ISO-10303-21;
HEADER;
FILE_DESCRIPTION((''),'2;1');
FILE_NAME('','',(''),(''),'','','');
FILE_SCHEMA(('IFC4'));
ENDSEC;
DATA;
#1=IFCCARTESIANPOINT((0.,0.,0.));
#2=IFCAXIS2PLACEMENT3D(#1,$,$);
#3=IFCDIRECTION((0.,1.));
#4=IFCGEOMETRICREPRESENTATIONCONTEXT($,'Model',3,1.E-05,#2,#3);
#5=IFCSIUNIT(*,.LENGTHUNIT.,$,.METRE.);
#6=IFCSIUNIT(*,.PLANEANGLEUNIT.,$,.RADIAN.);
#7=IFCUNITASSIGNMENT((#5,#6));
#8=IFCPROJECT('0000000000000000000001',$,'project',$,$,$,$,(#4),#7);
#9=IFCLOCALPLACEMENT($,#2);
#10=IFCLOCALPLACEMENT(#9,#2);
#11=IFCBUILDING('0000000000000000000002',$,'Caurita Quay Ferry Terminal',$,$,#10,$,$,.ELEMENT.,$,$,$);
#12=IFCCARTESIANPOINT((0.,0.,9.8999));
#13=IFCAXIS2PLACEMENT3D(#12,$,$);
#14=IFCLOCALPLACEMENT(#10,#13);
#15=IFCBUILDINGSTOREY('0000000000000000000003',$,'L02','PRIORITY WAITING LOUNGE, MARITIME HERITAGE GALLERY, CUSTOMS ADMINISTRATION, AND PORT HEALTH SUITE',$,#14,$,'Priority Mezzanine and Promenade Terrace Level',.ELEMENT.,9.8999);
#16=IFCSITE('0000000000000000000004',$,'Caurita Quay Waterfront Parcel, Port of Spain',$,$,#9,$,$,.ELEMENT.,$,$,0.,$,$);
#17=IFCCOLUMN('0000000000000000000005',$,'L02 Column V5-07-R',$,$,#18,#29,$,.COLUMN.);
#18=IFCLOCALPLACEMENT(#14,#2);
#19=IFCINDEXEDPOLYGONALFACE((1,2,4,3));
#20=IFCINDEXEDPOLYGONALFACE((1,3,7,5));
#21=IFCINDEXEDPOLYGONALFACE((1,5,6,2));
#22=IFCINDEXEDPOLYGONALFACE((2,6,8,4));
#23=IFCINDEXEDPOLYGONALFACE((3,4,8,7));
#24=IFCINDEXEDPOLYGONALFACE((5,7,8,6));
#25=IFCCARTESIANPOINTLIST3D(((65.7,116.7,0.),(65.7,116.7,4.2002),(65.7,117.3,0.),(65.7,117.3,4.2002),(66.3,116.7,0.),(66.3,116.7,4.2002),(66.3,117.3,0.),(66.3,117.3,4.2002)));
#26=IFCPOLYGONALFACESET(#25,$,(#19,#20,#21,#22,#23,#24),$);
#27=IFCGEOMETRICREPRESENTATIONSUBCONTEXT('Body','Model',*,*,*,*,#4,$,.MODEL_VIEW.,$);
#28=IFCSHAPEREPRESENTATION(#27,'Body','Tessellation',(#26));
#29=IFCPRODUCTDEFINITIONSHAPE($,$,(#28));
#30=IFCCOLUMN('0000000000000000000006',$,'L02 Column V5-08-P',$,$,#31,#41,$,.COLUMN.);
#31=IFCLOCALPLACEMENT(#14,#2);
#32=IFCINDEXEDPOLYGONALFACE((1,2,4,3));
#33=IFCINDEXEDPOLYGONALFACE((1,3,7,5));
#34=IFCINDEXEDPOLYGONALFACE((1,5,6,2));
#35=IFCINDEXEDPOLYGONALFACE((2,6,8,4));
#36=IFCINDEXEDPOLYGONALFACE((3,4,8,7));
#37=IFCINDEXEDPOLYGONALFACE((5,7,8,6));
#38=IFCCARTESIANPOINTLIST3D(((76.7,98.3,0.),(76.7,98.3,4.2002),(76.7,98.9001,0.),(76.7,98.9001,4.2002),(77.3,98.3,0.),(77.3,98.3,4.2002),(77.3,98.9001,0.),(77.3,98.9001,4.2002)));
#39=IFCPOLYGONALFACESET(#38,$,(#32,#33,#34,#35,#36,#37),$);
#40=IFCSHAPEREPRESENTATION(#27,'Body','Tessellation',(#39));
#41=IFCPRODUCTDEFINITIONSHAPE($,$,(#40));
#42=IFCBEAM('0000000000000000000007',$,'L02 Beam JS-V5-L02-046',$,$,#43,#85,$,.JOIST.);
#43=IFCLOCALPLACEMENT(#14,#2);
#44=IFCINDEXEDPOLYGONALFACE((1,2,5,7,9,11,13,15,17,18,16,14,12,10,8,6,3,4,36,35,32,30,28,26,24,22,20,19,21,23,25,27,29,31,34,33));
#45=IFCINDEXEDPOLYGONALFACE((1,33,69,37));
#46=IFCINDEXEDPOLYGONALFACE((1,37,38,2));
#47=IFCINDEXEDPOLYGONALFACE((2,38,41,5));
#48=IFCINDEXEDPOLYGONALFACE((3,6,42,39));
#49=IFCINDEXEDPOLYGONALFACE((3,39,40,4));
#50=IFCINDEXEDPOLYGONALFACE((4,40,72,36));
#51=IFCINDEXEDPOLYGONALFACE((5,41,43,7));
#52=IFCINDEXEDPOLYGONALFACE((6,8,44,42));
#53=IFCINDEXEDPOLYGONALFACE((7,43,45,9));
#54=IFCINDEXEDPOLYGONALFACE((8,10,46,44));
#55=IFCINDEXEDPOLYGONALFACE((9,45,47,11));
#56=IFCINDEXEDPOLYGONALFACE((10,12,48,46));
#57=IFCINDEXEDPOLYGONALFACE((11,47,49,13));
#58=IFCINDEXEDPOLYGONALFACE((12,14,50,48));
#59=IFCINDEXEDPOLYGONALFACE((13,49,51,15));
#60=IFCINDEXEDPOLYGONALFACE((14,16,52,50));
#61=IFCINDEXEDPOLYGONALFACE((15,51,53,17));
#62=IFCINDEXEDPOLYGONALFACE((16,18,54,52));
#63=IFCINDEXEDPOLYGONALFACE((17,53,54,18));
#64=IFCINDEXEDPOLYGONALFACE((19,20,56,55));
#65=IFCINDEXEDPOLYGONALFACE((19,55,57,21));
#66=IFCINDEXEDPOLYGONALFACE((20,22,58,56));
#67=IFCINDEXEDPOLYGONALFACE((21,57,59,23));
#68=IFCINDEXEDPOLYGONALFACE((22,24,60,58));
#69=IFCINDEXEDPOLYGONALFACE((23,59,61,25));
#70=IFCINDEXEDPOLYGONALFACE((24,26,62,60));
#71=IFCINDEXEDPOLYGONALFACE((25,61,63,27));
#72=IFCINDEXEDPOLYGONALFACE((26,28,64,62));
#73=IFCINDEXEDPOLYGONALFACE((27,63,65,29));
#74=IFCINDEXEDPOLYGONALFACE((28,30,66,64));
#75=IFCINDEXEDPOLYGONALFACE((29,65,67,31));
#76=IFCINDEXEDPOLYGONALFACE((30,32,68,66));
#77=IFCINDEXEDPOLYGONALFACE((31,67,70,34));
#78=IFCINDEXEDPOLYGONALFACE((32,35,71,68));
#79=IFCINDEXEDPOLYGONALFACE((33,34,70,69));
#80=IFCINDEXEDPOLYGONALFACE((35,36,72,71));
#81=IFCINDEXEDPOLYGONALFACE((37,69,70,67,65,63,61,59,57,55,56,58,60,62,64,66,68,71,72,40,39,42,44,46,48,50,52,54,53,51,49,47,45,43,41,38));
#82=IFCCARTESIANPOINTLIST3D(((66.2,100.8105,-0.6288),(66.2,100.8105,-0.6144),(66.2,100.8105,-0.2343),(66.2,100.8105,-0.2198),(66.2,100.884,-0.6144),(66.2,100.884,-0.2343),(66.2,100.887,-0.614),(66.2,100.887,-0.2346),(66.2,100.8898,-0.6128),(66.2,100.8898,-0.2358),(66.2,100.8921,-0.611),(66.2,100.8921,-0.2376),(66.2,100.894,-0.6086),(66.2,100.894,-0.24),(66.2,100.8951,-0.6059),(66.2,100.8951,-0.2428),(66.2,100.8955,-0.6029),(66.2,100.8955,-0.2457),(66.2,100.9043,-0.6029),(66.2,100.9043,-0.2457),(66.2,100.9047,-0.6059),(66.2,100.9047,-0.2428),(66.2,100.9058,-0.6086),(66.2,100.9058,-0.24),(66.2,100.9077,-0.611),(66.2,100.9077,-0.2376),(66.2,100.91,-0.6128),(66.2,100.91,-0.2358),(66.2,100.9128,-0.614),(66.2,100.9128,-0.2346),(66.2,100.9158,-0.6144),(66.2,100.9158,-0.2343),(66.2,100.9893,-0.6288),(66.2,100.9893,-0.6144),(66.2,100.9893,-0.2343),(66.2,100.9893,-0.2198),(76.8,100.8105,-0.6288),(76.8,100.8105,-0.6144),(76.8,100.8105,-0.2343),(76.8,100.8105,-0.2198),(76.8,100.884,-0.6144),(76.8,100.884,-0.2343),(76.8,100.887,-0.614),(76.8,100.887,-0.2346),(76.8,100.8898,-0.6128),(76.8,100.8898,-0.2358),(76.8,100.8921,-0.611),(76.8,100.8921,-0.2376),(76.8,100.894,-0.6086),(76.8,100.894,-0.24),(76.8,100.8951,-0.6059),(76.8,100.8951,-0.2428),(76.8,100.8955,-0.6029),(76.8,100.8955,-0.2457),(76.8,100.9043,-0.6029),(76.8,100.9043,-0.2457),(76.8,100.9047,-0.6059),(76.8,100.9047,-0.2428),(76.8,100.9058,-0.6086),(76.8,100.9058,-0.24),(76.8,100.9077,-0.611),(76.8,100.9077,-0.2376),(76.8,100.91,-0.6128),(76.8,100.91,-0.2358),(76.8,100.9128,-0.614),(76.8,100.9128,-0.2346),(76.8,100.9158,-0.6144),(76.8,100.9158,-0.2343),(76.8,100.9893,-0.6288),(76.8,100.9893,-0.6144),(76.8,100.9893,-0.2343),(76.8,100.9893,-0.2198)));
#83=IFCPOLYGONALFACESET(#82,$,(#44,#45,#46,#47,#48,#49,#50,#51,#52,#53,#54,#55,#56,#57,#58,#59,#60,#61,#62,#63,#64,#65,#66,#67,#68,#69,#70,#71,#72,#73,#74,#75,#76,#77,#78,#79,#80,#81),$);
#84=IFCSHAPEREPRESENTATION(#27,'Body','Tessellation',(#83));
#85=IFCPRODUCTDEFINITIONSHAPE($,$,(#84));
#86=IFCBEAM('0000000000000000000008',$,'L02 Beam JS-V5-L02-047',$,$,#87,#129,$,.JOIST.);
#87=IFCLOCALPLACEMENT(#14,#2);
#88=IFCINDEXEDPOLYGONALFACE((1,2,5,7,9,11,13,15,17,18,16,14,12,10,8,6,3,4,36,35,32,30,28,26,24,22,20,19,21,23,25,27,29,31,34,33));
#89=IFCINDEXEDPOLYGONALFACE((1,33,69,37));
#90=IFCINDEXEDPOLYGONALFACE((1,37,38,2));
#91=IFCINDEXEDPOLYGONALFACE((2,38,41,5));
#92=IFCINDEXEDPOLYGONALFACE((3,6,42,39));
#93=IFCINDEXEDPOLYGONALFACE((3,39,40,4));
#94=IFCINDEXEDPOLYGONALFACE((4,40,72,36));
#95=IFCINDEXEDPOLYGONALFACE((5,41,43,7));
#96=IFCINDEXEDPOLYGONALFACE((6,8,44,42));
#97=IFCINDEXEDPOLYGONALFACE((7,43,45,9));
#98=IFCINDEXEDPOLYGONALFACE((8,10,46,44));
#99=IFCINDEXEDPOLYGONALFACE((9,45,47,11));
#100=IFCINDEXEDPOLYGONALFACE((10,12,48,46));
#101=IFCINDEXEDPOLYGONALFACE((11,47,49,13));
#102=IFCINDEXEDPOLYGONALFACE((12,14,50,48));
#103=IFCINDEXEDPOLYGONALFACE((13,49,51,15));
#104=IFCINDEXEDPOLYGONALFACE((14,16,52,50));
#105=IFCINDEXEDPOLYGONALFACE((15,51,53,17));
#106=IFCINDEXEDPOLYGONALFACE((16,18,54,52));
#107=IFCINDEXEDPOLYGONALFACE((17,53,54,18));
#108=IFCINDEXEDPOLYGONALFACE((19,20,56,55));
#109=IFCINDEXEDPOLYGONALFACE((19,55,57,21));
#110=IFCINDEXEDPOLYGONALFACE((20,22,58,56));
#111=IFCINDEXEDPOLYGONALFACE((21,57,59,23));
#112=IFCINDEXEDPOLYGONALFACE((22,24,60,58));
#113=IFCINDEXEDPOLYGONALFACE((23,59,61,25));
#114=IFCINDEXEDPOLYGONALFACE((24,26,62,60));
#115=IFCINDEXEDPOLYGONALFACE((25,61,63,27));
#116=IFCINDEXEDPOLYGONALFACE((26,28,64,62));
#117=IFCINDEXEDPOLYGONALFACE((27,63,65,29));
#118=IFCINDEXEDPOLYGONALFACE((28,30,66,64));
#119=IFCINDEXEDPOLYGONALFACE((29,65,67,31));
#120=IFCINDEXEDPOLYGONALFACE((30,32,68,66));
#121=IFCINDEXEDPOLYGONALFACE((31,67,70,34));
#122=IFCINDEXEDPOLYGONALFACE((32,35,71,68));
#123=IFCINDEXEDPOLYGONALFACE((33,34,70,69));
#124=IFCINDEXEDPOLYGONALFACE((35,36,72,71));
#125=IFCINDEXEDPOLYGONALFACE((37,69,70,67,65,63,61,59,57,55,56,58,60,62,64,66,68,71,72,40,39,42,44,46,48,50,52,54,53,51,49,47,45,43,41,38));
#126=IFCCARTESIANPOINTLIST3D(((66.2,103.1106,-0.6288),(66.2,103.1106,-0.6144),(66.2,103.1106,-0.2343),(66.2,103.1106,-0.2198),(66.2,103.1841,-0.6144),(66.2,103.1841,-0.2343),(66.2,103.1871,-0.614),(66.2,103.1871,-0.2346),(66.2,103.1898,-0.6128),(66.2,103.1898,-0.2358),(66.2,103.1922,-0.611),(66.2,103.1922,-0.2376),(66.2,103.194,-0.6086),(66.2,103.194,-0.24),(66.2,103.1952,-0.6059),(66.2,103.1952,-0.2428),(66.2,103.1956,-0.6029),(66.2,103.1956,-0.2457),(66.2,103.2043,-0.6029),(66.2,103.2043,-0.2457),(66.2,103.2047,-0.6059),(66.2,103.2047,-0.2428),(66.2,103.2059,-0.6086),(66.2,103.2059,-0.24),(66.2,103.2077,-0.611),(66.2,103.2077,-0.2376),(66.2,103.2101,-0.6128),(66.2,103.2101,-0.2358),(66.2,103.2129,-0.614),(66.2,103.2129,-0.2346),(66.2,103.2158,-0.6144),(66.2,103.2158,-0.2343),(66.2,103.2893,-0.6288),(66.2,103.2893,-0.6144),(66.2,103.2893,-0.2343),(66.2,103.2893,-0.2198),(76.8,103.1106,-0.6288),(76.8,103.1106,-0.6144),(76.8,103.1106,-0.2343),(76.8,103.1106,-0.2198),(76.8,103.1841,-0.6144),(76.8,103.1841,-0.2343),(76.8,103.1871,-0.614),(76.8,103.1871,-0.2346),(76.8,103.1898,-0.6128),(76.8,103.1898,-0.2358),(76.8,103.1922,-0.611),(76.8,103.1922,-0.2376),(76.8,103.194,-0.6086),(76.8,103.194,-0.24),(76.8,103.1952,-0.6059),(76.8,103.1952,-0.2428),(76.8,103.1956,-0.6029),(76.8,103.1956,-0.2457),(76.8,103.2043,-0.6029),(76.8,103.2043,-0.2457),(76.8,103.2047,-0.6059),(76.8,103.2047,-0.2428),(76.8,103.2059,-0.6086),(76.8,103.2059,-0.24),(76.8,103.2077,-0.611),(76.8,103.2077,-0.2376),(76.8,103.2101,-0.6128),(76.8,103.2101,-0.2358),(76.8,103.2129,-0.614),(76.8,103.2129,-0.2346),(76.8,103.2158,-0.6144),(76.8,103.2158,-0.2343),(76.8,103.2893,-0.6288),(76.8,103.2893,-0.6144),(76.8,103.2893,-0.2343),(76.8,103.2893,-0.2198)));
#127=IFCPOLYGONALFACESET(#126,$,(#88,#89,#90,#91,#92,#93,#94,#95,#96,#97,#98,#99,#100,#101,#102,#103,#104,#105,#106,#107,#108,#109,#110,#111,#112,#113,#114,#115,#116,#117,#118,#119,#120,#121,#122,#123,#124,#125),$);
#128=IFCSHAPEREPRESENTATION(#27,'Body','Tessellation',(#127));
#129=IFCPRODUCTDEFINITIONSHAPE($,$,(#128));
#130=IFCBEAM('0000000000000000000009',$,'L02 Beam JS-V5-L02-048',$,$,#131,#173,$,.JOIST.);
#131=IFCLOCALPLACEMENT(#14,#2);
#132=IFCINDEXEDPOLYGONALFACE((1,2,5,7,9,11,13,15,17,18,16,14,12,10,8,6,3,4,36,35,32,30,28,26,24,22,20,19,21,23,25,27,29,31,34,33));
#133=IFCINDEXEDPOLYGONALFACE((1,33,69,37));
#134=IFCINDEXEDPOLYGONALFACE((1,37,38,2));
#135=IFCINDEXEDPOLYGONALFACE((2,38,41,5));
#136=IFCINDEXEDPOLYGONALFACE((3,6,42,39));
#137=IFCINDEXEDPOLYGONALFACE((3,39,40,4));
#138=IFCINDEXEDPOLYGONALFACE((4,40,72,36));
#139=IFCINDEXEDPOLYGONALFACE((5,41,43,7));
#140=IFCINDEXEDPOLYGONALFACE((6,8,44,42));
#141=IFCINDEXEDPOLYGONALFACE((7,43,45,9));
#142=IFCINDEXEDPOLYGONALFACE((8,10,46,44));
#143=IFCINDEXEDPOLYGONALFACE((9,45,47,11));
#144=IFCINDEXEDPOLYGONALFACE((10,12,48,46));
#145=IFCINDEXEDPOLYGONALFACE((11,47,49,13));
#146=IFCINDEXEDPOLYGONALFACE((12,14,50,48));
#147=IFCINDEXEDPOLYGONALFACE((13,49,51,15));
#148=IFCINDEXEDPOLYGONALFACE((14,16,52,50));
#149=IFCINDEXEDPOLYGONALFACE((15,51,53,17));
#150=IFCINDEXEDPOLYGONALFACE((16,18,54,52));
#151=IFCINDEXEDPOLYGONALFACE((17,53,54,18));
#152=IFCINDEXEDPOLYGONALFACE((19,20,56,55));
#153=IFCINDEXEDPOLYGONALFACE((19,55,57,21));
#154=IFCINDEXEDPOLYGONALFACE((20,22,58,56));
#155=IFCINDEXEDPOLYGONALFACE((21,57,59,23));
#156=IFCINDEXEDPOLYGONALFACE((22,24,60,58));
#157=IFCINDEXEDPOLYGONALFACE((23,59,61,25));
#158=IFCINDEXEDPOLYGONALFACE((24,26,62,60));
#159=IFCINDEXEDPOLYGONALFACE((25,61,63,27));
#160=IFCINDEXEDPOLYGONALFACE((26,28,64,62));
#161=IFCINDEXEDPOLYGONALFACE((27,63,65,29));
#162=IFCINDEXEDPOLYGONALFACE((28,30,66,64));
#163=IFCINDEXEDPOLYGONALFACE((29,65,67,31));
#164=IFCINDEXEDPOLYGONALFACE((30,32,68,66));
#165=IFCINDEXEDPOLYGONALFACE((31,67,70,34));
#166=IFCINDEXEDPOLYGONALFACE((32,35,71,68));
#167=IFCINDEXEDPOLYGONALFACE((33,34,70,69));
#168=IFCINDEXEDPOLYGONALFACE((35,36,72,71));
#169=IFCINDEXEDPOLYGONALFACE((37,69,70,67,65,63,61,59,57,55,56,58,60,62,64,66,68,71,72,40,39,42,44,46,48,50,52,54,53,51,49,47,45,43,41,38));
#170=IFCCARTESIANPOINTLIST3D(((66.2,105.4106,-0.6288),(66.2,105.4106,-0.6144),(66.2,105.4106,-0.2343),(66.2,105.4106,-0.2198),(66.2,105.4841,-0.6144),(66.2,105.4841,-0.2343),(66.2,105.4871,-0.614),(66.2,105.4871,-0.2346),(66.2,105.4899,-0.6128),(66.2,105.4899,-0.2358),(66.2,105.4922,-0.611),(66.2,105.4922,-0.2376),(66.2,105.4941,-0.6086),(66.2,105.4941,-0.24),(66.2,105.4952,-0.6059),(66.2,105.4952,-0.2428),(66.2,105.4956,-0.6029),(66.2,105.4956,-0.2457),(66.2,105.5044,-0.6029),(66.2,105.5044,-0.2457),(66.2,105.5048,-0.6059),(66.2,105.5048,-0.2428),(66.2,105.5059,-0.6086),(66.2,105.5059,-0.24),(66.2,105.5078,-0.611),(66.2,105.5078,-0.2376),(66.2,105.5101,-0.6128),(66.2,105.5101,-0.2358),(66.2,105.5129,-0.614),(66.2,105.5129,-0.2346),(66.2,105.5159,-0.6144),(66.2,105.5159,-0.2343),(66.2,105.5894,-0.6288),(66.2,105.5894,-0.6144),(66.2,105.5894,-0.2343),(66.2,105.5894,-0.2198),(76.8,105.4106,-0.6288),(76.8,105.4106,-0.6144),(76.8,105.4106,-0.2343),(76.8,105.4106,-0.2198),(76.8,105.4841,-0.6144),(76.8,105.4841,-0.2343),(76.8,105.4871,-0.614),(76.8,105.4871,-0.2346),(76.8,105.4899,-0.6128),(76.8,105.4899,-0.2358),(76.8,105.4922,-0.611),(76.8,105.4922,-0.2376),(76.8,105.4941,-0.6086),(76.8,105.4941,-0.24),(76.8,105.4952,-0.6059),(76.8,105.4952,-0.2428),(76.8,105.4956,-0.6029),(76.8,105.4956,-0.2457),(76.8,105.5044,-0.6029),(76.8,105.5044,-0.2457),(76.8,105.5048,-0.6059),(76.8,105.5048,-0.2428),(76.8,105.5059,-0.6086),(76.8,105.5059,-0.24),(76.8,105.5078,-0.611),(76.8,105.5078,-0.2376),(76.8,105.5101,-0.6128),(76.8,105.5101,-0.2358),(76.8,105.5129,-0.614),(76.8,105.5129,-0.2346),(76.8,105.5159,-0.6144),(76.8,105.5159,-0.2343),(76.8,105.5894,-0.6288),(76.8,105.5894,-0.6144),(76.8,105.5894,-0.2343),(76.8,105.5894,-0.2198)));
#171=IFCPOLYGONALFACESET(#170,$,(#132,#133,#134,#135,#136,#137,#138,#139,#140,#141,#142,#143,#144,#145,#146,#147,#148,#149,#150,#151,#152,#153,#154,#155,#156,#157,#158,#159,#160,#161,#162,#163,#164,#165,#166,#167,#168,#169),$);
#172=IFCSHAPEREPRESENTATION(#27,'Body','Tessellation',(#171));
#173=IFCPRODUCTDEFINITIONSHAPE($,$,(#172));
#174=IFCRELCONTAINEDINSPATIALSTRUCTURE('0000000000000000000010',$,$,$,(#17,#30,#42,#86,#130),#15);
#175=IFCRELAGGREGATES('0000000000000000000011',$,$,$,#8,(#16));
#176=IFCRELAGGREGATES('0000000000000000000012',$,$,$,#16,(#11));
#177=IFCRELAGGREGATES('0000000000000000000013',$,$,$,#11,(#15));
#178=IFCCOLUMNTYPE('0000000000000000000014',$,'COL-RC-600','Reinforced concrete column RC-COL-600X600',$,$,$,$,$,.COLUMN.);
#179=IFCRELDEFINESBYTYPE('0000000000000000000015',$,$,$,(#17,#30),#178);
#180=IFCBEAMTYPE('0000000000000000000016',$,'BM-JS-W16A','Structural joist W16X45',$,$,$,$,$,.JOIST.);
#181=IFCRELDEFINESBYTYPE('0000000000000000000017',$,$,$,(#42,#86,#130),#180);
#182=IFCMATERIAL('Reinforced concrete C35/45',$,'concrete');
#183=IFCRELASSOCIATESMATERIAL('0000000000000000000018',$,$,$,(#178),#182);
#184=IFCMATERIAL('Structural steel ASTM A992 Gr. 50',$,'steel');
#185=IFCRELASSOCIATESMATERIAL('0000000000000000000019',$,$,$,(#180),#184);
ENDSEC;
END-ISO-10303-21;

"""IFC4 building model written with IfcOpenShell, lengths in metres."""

from ifc_helpers import new_model, si_unit, direction, frame, origin, origin_2d, place, context, subcontext, project, spatial, rectangle, i_section, extrude, material, material_profile, profile_set, type_object, element, save


model = new_model("IFC4")

# Units and contexts
model_context = context("Model", 3, precision=1e-05, world=origin(), true_north=direction((0.0, 1.0)))
body_context = subcontext(model_context, "Body", "Model", "MODEL_VIEW")
ifc_project = project(units=[si_unit("LENGTHUNIT", "METRE"), si_unit("PLANEANGLEUNIT", "RADIAN")], contexts=[model_context])

# Site, building, storey
site_placement = place(None, origin())
site = spatial("IfcSite", under=ifc_project, at=site_placement, Name="Caurita Quay Waterfront Parcel, Port of Spain", CompositionType="ELEMENT", RefElevation=0.0)
building_placement = place(site_placement, origin())
building = spatial("IfcBuilding", under=site, at=building_placement, Name="Caurita Quay Ferry Terminal", CompositionType="ELEMENT")
storey_placement = place(building_placement, frame((0.0, 0.0, 9.8999)))
storey = spatial("IfcBuildingStorey", under=building, at=storey_placement, Name="L02", Description="PRIORITY WAITING LOUNGE, MARITIME HERITAGE GALLERY, CUSTOMS ADMINISTRATION, AND PORT HEALTH SUITE", LongName="Priority Mezzanine and Promenade Terrace Level", CompositionType="ELEMENT", Elevation=9.8999)

# Columns
ifc_material_1 = material(Name="Reinforced concrete C35/45", Category="concrete")
ifc_material_profile_1 = material_profile(ifc_material_1, rectangle(XDim=0.6001, YDim=0.6001, at=origin_2d()), Name="RC-COL-600X600")
ifc_profile_set_1 = profile_set([ifc_material_profile_1], Name="Reinforced concrete C35/45")
column_type = type_object("IfcColumnType", Name="COL-RC-600", Description="Reinforced concrete column RC-COL-600X600", PredefinedType="COLUMN", material=ifc_profile_set_1)
for number, where, z_axis, x_axis, name in (
    (1, (66.0, 117.0, 0.0), (0.0, 0.0, 1.0), (1.0, 0.0, 0.0), "L02 Column V5-07-R"),
    (2, (77.0, 98.6001, 0.0), (0.0, 0.0, 1.0), (1.0, 0.0, 0.0), "L02 Column V5-08-P"),
):
    element("IfcColumn", number, at=place(storey_placement, frame(where, z_axis=z_axis, x_axis=x_axis)), inside=storey, type_object=column_type, Name=name, PredefinedType="COLUMN", context=body_context, shape_type="SweptSolid", body=[
        extrude(rectangle(XDim=0.6001, YDim=0.6001, at=origin_2d()), origin(), (0.0, 0.0, 1.0), 4.2002),
    ])

# Beams
ifc_material_2 = material(Name="Structural steel ASTM A992 Gr. 50", Category="steel")
ifc_material_profile_2 = material_profile(ifc_material_2, i_section(OverallWidth=0.1787, OverallDepth=0.4089, WebThickness=0.0088, FlangeThickness=0.0144, FilletRadius=0.0115, at=origin_2d()), Name="W16X45")
ifc_profile_set_2 = profile_set([ifc_material_profile_2], Name="Structural steel ASTM A992 Gr. 50")
beam_type_1 = type_object("IfcBeamType", Name="BM-JS-W16A", Description="Structural joist W16X45", PredefinedType="JOIST", material=ifc_profile_set_2)
for number, where, z_axis, x_axis, name in (
    (3, (66.2, 100.8999, -0.4243), (1.0, 0.0, 0.0), (0.0, 1.0, 0.0), "L02 Beam JS-V5-L02-046"),
    (4, (66.2, 103.2, -0.4243), (1.0, 0.0, 0.0), (0.0, 1.0, 0.0), "L02 Beam JS-V5-L02-047"),
    (5, (66.2, 105.5, -0.4243), (1.0, 0.0, 0.0), (0.0, 1.0, 0.0), "L02 Beam JS-V5-L02-048"),
):
    element("IfcBeam", number, at=place(storey_placement, frame(where, z_axis=z_axis, x_axis=x_axis)), inside=storey, type_object=beam_type_1, Name=name, PredefinedType="JOIST", context=body_context, shape_type="SweptSolid", body=[
        extrude(i_section(OverallWidth=0.1787, OverallDepth=0.4089, WebThickness=0.0088, FlangeThickness=0.0144, FilletRadius=0.0115, at=origin_2d()), origin(), (0.0, 0.0, 1.0), 10.6001),
    ])

save(model, "model.ifc")
